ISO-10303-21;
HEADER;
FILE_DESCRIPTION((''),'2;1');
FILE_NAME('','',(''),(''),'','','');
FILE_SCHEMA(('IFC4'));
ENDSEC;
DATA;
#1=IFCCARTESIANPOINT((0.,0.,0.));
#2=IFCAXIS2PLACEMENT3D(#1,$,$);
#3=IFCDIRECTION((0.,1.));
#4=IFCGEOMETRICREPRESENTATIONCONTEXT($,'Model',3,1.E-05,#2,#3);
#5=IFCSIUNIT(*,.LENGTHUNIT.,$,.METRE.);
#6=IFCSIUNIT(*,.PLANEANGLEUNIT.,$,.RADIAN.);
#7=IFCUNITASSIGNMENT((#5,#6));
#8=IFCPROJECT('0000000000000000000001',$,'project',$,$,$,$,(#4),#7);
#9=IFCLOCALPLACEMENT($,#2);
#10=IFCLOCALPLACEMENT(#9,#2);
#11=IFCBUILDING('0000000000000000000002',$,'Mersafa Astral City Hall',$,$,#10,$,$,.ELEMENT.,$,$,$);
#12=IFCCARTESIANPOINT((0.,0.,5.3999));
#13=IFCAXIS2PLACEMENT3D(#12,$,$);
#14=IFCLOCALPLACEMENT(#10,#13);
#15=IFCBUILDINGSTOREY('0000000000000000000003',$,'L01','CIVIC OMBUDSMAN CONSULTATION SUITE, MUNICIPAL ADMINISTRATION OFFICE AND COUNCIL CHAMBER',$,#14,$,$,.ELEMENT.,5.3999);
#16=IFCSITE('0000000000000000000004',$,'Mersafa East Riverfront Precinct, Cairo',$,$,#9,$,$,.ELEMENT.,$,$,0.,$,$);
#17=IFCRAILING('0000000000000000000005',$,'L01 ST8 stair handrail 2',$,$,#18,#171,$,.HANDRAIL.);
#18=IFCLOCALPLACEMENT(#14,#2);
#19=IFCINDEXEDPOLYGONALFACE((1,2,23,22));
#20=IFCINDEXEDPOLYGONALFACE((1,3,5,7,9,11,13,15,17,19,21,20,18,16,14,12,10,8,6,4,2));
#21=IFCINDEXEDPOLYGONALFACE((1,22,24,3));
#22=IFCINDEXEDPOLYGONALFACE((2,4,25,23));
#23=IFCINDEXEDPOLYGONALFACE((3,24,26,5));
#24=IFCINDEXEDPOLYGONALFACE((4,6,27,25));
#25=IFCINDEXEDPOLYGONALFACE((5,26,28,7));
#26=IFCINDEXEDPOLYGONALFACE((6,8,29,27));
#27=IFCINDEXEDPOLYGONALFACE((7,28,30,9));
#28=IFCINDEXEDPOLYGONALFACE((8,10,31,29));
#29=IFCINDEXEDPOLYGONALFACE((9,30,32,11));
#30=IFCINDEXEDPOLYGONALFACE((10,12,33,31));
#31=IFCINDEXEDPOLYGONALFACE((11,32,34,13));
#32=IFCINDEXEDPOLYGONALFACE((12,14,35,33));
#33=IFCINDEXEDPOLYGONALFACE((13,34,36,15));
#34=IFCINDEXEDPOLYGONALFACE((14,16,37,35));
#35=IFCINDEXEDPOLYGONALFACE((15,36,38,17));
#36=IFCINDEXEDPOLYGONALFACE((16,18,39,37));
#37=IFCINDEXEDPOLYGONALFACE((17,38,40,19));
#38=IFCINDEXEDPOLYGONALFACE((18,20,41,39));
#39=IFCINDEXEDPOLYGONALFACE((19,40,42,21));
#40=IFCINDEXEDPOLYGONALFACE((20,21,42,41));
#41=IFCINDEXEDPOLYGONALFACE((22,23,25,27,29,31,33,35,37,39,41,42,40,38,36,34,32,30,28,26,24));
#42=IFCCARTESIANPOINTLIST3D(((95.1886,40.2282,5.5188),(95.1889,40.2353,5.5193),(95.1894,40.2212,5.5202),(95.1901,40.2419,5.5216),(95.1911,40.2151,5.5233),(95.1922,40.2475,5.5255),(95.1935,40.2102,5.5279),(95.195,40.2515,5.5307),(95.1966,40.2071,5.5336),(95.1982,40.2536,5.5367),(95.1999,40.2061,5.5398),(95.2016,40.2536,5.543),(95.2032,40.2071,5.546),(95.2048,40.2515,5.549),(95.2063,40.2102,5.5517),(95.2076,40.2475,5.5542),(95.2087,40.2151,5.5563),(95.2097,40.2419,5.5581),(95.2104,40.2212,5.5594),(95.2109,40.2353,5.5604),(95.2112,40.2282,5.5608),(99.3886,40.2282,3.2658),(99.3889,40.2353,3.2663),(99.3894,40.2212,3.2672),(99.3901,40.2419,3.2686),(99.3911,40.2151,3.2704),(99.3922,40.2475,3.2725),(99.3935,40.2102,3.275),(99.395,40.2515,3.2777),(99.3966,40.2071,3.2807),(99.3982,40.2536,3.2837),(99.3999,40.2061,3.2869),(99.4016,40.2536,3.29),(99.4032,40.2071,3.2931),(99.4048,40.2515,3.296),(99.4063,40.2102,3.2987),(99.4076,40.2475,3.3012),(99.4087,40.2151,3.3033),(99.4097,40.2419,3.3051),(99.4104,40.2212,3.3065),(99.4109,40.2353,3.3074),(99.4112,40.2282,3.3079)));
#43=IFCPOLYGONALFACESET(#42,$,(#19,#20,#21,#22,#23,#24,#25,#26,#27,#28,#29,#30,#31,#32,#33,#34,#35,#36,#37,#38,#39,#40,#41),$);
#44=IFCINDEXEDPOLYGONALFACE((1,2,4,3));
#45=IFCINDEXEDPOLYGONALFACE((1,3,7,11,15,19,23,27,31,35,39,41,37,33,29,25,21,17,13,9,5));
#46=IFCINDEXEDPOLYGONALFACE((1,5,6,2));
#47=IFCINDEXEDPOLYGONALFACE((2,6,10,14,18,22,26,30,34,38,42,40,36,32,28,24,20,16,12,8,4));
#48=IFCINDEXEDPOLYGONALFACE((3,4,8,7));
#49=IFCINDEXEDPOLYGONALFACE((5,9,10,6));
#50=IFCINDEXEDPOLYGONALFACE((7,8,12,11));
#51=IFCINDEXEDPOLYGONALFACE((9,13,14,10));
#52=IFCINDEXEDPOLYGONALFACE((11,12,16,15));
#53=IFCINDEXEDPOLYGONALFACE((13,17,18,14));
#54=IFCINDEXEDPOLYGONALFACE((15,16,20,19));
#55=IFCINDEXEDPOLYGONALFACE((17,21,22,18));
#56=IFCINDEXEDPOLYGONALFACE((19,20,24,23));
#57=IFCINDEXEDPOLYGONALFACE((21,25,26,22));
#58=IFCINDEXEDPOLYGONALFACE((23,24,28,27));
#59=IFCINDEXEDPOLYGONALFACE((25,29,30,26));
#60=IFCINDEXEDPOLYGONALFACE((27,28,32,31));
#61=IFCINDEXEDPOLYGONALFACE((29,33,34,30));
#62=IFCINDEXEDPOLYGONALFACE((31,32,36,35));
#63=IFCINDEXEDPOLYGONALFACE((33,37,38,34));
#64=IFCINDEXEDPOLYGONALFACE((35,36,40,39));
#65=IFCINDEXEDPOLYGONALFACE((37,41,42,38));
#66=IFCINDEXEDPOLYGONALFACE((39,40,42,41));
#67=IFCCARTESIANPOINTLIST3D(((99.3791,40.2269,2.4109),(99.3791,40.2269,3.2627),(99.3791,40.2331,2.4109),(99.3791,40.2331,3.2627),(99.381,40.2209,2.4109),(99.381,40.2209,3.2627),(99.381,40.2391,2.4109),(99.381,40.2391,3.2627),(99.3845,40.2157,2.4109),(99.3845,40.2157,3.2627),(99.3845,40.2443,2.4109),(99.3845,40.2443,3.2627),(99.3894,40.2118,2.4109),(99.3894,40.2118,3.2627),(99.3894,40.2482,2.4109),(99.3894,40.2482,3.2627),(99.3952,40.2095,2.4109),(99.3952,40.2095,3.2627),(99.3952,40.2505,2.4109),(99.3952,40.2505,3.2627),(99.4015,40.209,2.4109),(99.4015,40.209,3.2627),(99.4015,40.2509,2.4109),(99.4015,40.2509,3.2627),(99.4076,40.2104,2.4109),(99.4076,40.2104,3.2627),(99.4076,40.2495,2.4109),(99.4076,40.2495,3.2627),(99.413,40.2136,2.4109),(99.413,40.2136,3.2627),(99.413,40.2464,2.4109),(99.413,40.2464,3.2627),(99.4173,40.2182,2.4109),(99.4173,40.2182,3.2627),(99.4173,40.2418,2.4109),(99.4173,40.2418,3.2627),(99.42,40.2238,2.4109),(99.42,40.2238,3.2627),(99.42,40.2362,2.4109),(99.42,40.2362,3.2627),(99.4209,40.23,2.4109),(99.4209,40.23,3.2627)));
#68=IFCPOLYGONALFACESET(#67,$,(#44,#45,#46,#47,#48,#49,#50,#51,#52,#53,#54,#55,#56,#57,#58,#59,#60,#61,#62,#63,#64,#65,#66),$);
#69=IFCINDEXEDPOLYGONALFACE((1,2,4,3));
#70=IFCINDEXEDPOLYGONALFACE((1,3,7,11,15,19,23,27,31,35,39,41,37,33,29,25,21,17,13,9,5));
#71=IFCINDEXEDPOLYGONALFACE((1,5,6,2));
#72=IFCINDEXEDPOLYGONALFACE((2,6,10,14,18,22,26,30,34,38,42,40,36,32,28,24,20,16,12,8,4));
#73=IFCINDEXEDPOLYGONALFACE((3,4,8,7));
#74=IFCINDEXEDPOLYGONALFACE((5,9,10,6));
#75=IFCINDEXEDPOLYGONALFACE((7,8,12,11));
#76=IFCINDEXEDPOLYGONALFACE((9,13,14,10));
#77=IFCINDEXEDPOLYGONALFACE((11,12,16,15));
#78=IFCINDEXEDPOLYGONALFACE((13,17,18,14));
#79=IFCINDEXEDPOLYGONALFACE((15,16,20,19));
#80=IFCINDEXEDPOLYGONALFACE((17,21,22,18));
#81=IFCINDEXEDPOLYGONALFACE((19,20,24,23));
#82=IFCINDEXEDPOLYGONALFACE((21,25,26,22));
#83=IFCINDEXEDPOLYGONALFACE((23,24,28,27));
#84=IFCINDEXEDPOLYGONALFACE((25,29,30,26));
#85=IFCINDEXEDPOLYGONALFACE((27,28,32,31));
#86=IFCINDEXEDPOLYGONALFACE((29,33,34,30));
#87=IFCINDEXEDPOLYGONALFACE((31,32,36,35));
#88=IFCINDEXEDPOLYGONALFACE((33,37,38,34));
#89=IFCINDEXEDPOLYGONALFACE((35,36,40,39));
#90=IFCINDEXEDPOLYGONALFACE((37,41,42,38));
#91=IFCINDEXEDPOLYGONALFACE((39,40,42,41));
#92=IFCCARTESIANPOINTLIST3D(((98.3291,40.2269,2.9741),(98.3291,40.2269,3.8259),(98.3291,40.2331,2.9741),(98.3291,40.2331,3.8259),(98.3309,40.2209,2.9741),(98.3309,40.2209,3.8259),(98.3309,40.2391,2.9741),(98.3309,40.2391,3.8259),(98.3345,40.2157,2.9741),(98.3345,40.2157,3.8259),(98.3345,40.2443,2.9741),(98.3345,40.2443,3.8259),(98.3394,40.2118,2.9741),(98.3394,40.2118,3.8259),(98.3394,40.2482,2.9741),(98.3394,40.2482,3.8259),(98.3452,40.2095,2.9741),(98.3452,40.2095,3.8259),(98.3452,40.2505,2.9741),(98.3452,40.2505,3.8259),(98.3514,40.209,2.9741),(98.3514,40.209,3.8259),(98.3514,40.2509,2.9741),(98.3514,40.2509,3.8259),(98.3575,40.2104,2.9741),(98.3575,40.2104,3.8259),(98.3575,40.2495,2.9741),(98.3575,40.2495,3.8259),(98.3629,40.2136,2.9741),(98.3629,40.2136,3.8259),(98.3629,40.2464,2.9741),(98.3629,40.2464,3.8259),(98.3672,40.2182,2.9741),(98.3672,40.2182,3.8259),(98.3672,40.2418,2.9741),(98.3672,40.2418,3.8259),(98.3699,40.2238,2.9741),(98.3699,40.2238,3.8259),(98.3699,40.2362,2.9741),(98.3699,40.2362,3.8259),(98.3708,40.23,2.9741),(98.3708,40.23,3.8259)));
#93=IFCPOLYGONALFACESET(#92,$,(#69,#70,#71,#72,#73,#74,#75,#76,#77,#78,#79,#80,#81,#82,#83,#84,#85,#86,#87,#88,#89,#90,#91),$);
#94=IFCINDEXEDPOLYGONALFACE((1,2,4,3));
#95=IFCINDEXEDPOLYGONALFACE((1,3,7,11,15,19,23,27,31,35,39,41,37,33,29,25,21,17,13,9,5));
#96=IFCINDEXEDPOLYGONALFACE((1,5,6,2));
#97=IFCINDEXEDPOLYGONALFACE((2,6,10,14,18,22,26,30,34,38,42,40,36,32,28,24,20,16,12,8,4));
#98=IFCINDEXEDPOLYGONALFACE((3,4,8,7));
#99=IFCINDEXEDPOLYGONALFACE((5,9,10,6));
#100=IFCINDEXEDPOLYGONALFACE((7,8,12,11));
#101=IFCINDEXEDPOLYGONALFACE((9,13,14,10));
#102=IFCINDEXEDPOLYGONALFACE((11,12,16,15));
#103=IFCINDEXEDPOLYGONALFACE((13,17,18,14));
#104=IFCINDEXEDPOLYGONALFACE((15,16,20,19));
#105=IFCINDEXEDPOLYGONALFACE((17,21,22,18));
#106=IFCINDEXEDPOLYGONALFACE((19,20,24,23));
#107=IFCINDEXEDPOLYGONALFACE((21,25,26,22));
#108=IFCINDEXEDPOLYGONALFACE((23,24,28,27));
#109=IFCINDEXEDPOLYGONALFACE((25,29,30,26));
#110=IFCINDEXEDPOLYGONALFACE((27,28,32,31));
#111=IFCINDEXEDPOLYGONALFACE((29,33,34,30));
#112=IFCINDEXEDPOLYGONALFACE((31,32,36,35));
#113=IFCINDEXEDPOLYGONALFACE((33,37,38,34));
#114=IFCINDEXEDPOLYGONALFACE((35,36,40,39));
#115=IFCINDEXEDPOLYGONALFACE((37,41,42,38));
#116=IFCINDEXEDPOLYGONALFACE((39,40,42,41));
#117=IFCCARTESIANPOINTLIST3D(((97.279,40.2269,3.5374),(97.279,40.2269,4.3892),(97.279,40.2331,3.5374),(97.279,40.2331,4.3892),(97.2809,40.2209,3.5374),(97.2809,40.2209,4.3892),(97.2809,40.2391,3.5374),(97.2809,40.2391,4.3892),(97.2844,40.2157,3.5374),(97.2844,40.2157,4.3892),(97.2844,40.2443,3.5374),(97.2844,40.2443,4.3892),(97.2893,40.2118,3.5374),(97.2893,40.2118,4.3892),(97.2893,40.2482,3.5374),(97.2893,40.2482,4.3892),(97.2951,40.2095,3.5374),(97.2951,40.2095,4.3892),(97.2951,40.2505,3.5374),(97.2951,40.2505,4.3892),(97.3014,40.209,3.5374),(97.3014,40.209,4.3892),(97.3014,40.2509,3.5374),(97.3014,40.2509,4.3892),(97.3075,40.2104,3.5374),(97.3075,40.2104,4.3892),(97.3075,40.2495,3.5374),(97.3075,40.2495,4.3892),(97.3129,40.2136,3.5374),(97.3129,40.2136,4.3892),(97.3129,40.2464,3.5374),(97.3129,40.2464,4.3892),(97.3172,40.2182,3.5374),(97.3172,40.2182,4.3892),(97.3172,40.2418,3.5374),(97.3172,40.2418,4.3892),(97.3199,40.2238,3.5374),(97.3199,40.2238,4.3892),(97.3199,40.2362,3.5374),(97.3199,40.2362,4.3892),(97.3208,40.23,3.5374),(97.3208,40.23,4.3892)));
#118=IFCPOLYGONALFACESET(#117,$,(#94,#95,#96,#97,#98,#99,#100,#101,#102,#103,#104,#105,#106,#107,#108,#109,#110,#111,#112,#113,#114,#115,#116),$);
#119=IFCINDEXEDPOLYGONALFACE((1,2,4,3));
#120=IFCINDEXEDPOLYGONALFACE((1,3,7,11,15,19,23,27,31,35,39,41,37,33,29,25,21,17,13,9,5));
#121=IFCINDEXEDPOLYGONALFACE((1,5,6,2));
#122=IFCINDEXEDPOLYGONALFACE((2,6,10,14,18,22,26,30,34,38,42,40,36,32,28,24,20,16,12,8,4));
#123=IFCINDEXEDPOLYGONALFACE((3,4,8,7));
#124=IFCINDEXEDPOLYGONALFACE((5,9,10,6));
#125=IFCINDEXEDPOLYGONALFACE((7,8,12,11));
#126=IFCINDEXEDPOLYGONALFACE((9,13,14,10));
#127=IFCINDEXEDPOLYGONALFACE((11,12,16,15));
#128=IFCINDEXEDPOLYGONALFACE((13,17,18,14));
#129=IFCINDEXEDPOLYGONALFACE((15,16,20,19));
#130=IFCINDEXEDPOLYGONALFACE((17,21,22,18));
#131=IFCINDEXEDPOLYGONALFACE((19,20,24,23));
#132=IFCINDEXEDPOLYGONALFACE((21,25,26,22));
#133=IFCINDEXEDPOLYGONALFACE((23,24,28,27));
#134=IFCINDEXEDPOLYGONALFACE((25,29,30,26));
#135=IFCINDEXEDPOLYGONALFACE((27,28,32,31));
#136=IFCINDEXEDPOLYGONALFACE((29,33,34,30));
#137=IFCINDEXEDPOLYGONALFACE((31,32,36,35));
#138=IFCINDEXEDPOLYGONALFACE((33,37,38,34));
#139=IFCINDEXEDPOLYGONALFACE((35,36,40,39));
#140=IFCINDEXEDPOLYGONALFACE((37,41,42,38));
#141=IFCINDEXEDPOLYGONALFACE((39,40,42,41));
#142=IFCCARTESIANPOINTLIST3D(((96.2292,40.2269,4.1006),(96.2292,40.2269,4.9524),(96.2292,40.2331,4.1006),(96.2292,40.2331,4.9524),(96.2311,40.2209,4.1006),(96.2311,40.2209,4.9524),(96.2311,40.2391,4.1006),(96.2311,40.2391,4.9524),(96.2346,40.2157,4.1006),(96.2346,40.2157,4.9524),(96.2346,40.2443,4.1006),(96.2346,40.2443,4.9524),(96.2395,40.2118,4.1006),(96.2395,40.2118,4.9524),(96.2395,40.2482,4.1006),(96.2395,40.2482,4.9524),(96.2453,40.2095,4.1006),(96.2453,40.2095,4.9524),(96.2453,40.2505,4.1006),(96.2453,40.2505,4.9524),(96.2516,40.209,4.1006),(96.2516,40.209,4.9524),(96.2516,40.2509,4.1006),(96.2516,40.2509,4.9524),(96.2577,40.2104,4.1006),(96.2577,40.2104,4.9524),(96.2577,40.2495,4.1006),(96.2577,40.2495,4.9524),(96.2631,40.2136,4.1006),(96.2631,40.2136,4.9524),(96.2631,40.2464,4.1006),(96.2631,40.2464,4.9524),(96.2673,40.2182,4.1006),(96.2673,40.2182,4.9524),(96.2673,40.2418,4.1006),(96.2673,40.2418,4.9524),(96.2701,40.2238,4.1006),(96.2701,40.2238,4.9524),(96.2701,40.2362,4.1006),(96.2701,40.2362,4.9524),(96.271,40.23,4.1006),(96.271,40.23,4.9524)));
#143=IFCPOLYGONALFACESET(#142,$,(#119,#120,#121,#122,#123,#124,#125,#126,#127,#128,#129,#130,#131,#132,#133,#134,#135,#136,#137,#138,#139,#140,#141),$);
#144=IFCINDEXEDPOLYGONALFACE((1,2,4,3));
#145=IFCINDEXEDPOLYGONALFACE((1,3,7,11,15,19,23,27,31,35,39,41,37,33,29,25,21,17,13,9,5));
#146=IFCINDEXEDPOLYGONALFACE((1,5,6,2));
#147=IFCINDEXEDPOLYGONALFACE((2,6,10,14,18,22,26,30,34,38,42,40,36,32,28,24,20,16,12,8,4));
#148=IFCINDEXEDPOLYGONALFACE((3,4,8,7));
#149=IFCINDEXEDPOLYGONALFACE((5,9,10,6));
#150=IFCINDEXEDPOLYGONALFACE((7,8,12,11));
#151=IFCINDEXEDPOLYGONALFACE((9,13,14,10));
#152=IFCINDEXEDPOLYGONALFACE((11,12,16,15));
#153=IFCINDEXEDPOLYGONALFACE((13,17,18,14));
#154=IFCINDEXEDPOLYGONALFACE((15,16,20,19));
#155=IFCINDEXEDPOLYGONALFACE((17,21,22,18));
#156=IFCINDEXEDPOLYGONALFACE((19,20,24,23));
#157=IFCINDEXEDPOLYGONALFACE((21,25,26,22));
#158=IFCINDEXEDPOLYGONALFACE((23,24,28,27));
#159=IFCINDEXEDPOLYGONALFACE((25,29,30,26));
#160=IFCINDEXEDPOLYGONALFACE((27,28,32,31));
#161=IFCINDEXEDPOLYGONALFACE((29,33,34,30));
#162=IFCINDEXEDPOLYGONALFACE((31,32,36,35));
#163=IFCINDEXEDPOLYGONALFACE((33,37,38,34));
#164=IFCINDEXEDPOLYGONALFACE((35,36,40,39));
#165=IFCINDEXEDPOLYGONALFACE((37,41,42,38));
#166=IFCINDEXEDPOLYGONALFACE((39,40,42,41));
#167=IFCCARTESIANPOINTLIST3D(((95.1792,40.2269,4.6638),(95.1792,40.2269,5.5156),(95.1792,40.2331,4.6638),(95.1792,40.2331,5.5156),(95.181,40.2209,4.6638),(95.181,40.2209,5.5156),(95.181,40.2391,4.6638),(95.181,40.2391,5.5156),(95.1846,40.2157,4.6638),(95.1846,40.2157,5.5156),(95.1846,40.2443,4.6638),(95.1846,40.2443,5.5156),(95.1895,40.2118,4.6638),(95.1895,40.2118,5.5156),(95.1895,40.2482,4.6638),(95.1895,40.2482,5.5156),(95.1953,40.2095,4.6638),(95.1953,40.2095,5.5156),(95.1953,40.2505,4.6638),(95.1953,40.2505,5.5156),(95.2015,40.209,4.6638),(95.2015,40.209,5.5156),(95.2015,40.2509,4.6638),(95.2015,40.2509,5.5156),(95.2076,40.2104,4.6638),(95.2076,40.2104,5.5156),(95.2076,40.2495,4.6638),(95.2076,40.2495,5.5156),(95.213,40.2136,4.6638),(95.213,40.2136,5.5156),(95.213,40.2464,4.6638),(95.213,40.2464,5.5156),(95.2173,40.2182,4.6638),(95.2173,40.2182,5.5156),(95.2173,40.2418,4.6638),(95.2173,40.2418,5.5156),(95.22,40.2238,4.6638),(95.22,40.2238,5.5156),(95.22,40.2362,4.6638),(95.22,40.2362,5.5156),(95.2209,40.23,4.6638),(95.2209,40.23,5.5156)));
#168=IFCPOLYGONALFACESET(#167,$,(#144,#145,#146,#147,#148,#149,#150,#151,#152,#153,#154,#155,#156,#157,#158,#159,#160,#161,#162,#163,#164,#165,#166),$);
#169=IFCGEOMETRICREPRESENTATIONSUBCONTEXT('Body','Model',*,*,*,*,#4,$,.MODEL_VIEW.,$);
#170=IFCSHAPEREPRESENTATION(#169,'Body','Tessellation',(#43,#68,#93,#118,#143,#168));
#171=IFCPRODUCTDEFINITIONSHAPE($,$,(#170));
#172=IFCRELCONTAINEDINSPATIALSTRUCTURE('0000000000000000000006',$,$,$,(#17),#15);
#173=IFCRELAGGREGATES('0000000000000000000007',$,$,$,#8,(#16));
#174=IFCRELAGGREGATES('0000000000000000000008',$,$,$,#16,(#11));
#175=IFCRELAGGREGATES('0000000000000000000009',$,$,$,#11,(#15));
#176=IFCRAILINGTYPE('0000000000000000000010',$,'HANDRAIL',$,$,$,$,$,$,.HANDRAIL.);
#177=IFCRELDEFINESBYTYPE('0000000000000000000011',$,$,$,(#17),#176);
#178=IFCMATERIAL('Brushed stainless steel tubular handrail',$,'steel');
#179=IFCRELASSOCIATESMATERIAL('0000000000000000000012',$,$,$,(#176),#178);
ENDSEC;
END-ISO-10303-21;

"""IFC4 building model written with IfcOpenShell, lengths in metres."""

from ifc_helpers import new_model, si_unit, direction, frame, origin, origin_2d, place, context, subcontext, project, spatial, circle, extrude, material, type_object, element, save


model = new_model("IFC4")

# Units and contexts
model_context = context("Model", 3, precision=1e-05, world=origin(), true_north=direction((0.0, 1.0)))
body_context = subcontext(model_context, "Body", "Model", "MODEL_VIEW")
ifc_project = project(units=[si_unit("LENGTHUNIT", "METRE"), si_unit("PLANEANGLEUNIT", "RADIAN")], contexts=[model_context])

# Site, building, storey
site_placement = place(None, origin())
site = spatial("IfcSite", under=ifc_project, at=site_placement, Name="Mersafa East Riverfront Precinct, Cairo", CompositionType="ELEMENT", RefElevation=0.0)
building_placement = place(site_placement, origin())
building = spatial("IfcBuilding", under=site, at=building_placement, Name="Mersafa Astral City Hall", CompositionType="ELEMENT")
storey_placement = place(building_placement, frame((0.0, 0.0, 5.3999)))
storey = spatial("IfcBuildingStorey", under=building, at=storey_placement, Name="L01", Description="CIVIC OMBUDSMAN CONSULTATION SUITE, MUNICIPAL ADMINISTRATION OFFICE AND COUNCIL CHAMBER", CompositionType="ELEMENT", Elevation=5.3999)

# Railing
ifc_material_1 = material(Name="Brushed stainless steel tubular handrail", Category="steel")
railing_type_1 = type_object("IfcRailingType", Name="HANDRAIL", PredefinedType="HANDRAIL", material=ifc_material_1)
railing_1_placement = place(storey_placement, frame((99.3999, 40.23, 2.4109)))
element("IfcRailing", 1, at=railing_1_placement, inside=storey, type_object=railing_type_1, Name="L01 ST8 stair handrail 2", PredefinedType="HANDRAIL", context=body_context, shape_type="SweptSolid", body=[
    extrude(circle(Radius=0.0239, at=origin_2d()), frame((0.0, 0.0, 0.876), z_axis=(-0.881222, 0.0, 0.472703), x_axis=(0.0, -1.0, 0.0)), (0.0, 0.0, 1.0), 4.7661),
    extrude(circle(Radius=0.021, at=origin_2d()), origin(), (0.0, 0.0, 1.0), 0.8518),
    extrude(circle(Radius=0.021, at=origin_2d()), frame((-1.05, 0.0, 0.5632)), (0.0, 0.0, 1.0), 0.8518),
    extrude(circle(Radius=0.021, at=origin_2d()), frame((-2.1001, 0.0, 1.1265)), (0.0, 0.0, 1.0), 0.8518),
    extrude(circle(Radius=0.021, at=origin_2d()), frame((-3.1499, 0.0, 1.6897)), (0.0, 0.0, 1.0), 0.8518),
    extrude(circle(Radius=0.021, at=origin_2d()), frame((-4.2, 0.0, 2.2529)), (0.0, 0.0, 1.0), 0.8518),
])

save(model, "model.ifc")
